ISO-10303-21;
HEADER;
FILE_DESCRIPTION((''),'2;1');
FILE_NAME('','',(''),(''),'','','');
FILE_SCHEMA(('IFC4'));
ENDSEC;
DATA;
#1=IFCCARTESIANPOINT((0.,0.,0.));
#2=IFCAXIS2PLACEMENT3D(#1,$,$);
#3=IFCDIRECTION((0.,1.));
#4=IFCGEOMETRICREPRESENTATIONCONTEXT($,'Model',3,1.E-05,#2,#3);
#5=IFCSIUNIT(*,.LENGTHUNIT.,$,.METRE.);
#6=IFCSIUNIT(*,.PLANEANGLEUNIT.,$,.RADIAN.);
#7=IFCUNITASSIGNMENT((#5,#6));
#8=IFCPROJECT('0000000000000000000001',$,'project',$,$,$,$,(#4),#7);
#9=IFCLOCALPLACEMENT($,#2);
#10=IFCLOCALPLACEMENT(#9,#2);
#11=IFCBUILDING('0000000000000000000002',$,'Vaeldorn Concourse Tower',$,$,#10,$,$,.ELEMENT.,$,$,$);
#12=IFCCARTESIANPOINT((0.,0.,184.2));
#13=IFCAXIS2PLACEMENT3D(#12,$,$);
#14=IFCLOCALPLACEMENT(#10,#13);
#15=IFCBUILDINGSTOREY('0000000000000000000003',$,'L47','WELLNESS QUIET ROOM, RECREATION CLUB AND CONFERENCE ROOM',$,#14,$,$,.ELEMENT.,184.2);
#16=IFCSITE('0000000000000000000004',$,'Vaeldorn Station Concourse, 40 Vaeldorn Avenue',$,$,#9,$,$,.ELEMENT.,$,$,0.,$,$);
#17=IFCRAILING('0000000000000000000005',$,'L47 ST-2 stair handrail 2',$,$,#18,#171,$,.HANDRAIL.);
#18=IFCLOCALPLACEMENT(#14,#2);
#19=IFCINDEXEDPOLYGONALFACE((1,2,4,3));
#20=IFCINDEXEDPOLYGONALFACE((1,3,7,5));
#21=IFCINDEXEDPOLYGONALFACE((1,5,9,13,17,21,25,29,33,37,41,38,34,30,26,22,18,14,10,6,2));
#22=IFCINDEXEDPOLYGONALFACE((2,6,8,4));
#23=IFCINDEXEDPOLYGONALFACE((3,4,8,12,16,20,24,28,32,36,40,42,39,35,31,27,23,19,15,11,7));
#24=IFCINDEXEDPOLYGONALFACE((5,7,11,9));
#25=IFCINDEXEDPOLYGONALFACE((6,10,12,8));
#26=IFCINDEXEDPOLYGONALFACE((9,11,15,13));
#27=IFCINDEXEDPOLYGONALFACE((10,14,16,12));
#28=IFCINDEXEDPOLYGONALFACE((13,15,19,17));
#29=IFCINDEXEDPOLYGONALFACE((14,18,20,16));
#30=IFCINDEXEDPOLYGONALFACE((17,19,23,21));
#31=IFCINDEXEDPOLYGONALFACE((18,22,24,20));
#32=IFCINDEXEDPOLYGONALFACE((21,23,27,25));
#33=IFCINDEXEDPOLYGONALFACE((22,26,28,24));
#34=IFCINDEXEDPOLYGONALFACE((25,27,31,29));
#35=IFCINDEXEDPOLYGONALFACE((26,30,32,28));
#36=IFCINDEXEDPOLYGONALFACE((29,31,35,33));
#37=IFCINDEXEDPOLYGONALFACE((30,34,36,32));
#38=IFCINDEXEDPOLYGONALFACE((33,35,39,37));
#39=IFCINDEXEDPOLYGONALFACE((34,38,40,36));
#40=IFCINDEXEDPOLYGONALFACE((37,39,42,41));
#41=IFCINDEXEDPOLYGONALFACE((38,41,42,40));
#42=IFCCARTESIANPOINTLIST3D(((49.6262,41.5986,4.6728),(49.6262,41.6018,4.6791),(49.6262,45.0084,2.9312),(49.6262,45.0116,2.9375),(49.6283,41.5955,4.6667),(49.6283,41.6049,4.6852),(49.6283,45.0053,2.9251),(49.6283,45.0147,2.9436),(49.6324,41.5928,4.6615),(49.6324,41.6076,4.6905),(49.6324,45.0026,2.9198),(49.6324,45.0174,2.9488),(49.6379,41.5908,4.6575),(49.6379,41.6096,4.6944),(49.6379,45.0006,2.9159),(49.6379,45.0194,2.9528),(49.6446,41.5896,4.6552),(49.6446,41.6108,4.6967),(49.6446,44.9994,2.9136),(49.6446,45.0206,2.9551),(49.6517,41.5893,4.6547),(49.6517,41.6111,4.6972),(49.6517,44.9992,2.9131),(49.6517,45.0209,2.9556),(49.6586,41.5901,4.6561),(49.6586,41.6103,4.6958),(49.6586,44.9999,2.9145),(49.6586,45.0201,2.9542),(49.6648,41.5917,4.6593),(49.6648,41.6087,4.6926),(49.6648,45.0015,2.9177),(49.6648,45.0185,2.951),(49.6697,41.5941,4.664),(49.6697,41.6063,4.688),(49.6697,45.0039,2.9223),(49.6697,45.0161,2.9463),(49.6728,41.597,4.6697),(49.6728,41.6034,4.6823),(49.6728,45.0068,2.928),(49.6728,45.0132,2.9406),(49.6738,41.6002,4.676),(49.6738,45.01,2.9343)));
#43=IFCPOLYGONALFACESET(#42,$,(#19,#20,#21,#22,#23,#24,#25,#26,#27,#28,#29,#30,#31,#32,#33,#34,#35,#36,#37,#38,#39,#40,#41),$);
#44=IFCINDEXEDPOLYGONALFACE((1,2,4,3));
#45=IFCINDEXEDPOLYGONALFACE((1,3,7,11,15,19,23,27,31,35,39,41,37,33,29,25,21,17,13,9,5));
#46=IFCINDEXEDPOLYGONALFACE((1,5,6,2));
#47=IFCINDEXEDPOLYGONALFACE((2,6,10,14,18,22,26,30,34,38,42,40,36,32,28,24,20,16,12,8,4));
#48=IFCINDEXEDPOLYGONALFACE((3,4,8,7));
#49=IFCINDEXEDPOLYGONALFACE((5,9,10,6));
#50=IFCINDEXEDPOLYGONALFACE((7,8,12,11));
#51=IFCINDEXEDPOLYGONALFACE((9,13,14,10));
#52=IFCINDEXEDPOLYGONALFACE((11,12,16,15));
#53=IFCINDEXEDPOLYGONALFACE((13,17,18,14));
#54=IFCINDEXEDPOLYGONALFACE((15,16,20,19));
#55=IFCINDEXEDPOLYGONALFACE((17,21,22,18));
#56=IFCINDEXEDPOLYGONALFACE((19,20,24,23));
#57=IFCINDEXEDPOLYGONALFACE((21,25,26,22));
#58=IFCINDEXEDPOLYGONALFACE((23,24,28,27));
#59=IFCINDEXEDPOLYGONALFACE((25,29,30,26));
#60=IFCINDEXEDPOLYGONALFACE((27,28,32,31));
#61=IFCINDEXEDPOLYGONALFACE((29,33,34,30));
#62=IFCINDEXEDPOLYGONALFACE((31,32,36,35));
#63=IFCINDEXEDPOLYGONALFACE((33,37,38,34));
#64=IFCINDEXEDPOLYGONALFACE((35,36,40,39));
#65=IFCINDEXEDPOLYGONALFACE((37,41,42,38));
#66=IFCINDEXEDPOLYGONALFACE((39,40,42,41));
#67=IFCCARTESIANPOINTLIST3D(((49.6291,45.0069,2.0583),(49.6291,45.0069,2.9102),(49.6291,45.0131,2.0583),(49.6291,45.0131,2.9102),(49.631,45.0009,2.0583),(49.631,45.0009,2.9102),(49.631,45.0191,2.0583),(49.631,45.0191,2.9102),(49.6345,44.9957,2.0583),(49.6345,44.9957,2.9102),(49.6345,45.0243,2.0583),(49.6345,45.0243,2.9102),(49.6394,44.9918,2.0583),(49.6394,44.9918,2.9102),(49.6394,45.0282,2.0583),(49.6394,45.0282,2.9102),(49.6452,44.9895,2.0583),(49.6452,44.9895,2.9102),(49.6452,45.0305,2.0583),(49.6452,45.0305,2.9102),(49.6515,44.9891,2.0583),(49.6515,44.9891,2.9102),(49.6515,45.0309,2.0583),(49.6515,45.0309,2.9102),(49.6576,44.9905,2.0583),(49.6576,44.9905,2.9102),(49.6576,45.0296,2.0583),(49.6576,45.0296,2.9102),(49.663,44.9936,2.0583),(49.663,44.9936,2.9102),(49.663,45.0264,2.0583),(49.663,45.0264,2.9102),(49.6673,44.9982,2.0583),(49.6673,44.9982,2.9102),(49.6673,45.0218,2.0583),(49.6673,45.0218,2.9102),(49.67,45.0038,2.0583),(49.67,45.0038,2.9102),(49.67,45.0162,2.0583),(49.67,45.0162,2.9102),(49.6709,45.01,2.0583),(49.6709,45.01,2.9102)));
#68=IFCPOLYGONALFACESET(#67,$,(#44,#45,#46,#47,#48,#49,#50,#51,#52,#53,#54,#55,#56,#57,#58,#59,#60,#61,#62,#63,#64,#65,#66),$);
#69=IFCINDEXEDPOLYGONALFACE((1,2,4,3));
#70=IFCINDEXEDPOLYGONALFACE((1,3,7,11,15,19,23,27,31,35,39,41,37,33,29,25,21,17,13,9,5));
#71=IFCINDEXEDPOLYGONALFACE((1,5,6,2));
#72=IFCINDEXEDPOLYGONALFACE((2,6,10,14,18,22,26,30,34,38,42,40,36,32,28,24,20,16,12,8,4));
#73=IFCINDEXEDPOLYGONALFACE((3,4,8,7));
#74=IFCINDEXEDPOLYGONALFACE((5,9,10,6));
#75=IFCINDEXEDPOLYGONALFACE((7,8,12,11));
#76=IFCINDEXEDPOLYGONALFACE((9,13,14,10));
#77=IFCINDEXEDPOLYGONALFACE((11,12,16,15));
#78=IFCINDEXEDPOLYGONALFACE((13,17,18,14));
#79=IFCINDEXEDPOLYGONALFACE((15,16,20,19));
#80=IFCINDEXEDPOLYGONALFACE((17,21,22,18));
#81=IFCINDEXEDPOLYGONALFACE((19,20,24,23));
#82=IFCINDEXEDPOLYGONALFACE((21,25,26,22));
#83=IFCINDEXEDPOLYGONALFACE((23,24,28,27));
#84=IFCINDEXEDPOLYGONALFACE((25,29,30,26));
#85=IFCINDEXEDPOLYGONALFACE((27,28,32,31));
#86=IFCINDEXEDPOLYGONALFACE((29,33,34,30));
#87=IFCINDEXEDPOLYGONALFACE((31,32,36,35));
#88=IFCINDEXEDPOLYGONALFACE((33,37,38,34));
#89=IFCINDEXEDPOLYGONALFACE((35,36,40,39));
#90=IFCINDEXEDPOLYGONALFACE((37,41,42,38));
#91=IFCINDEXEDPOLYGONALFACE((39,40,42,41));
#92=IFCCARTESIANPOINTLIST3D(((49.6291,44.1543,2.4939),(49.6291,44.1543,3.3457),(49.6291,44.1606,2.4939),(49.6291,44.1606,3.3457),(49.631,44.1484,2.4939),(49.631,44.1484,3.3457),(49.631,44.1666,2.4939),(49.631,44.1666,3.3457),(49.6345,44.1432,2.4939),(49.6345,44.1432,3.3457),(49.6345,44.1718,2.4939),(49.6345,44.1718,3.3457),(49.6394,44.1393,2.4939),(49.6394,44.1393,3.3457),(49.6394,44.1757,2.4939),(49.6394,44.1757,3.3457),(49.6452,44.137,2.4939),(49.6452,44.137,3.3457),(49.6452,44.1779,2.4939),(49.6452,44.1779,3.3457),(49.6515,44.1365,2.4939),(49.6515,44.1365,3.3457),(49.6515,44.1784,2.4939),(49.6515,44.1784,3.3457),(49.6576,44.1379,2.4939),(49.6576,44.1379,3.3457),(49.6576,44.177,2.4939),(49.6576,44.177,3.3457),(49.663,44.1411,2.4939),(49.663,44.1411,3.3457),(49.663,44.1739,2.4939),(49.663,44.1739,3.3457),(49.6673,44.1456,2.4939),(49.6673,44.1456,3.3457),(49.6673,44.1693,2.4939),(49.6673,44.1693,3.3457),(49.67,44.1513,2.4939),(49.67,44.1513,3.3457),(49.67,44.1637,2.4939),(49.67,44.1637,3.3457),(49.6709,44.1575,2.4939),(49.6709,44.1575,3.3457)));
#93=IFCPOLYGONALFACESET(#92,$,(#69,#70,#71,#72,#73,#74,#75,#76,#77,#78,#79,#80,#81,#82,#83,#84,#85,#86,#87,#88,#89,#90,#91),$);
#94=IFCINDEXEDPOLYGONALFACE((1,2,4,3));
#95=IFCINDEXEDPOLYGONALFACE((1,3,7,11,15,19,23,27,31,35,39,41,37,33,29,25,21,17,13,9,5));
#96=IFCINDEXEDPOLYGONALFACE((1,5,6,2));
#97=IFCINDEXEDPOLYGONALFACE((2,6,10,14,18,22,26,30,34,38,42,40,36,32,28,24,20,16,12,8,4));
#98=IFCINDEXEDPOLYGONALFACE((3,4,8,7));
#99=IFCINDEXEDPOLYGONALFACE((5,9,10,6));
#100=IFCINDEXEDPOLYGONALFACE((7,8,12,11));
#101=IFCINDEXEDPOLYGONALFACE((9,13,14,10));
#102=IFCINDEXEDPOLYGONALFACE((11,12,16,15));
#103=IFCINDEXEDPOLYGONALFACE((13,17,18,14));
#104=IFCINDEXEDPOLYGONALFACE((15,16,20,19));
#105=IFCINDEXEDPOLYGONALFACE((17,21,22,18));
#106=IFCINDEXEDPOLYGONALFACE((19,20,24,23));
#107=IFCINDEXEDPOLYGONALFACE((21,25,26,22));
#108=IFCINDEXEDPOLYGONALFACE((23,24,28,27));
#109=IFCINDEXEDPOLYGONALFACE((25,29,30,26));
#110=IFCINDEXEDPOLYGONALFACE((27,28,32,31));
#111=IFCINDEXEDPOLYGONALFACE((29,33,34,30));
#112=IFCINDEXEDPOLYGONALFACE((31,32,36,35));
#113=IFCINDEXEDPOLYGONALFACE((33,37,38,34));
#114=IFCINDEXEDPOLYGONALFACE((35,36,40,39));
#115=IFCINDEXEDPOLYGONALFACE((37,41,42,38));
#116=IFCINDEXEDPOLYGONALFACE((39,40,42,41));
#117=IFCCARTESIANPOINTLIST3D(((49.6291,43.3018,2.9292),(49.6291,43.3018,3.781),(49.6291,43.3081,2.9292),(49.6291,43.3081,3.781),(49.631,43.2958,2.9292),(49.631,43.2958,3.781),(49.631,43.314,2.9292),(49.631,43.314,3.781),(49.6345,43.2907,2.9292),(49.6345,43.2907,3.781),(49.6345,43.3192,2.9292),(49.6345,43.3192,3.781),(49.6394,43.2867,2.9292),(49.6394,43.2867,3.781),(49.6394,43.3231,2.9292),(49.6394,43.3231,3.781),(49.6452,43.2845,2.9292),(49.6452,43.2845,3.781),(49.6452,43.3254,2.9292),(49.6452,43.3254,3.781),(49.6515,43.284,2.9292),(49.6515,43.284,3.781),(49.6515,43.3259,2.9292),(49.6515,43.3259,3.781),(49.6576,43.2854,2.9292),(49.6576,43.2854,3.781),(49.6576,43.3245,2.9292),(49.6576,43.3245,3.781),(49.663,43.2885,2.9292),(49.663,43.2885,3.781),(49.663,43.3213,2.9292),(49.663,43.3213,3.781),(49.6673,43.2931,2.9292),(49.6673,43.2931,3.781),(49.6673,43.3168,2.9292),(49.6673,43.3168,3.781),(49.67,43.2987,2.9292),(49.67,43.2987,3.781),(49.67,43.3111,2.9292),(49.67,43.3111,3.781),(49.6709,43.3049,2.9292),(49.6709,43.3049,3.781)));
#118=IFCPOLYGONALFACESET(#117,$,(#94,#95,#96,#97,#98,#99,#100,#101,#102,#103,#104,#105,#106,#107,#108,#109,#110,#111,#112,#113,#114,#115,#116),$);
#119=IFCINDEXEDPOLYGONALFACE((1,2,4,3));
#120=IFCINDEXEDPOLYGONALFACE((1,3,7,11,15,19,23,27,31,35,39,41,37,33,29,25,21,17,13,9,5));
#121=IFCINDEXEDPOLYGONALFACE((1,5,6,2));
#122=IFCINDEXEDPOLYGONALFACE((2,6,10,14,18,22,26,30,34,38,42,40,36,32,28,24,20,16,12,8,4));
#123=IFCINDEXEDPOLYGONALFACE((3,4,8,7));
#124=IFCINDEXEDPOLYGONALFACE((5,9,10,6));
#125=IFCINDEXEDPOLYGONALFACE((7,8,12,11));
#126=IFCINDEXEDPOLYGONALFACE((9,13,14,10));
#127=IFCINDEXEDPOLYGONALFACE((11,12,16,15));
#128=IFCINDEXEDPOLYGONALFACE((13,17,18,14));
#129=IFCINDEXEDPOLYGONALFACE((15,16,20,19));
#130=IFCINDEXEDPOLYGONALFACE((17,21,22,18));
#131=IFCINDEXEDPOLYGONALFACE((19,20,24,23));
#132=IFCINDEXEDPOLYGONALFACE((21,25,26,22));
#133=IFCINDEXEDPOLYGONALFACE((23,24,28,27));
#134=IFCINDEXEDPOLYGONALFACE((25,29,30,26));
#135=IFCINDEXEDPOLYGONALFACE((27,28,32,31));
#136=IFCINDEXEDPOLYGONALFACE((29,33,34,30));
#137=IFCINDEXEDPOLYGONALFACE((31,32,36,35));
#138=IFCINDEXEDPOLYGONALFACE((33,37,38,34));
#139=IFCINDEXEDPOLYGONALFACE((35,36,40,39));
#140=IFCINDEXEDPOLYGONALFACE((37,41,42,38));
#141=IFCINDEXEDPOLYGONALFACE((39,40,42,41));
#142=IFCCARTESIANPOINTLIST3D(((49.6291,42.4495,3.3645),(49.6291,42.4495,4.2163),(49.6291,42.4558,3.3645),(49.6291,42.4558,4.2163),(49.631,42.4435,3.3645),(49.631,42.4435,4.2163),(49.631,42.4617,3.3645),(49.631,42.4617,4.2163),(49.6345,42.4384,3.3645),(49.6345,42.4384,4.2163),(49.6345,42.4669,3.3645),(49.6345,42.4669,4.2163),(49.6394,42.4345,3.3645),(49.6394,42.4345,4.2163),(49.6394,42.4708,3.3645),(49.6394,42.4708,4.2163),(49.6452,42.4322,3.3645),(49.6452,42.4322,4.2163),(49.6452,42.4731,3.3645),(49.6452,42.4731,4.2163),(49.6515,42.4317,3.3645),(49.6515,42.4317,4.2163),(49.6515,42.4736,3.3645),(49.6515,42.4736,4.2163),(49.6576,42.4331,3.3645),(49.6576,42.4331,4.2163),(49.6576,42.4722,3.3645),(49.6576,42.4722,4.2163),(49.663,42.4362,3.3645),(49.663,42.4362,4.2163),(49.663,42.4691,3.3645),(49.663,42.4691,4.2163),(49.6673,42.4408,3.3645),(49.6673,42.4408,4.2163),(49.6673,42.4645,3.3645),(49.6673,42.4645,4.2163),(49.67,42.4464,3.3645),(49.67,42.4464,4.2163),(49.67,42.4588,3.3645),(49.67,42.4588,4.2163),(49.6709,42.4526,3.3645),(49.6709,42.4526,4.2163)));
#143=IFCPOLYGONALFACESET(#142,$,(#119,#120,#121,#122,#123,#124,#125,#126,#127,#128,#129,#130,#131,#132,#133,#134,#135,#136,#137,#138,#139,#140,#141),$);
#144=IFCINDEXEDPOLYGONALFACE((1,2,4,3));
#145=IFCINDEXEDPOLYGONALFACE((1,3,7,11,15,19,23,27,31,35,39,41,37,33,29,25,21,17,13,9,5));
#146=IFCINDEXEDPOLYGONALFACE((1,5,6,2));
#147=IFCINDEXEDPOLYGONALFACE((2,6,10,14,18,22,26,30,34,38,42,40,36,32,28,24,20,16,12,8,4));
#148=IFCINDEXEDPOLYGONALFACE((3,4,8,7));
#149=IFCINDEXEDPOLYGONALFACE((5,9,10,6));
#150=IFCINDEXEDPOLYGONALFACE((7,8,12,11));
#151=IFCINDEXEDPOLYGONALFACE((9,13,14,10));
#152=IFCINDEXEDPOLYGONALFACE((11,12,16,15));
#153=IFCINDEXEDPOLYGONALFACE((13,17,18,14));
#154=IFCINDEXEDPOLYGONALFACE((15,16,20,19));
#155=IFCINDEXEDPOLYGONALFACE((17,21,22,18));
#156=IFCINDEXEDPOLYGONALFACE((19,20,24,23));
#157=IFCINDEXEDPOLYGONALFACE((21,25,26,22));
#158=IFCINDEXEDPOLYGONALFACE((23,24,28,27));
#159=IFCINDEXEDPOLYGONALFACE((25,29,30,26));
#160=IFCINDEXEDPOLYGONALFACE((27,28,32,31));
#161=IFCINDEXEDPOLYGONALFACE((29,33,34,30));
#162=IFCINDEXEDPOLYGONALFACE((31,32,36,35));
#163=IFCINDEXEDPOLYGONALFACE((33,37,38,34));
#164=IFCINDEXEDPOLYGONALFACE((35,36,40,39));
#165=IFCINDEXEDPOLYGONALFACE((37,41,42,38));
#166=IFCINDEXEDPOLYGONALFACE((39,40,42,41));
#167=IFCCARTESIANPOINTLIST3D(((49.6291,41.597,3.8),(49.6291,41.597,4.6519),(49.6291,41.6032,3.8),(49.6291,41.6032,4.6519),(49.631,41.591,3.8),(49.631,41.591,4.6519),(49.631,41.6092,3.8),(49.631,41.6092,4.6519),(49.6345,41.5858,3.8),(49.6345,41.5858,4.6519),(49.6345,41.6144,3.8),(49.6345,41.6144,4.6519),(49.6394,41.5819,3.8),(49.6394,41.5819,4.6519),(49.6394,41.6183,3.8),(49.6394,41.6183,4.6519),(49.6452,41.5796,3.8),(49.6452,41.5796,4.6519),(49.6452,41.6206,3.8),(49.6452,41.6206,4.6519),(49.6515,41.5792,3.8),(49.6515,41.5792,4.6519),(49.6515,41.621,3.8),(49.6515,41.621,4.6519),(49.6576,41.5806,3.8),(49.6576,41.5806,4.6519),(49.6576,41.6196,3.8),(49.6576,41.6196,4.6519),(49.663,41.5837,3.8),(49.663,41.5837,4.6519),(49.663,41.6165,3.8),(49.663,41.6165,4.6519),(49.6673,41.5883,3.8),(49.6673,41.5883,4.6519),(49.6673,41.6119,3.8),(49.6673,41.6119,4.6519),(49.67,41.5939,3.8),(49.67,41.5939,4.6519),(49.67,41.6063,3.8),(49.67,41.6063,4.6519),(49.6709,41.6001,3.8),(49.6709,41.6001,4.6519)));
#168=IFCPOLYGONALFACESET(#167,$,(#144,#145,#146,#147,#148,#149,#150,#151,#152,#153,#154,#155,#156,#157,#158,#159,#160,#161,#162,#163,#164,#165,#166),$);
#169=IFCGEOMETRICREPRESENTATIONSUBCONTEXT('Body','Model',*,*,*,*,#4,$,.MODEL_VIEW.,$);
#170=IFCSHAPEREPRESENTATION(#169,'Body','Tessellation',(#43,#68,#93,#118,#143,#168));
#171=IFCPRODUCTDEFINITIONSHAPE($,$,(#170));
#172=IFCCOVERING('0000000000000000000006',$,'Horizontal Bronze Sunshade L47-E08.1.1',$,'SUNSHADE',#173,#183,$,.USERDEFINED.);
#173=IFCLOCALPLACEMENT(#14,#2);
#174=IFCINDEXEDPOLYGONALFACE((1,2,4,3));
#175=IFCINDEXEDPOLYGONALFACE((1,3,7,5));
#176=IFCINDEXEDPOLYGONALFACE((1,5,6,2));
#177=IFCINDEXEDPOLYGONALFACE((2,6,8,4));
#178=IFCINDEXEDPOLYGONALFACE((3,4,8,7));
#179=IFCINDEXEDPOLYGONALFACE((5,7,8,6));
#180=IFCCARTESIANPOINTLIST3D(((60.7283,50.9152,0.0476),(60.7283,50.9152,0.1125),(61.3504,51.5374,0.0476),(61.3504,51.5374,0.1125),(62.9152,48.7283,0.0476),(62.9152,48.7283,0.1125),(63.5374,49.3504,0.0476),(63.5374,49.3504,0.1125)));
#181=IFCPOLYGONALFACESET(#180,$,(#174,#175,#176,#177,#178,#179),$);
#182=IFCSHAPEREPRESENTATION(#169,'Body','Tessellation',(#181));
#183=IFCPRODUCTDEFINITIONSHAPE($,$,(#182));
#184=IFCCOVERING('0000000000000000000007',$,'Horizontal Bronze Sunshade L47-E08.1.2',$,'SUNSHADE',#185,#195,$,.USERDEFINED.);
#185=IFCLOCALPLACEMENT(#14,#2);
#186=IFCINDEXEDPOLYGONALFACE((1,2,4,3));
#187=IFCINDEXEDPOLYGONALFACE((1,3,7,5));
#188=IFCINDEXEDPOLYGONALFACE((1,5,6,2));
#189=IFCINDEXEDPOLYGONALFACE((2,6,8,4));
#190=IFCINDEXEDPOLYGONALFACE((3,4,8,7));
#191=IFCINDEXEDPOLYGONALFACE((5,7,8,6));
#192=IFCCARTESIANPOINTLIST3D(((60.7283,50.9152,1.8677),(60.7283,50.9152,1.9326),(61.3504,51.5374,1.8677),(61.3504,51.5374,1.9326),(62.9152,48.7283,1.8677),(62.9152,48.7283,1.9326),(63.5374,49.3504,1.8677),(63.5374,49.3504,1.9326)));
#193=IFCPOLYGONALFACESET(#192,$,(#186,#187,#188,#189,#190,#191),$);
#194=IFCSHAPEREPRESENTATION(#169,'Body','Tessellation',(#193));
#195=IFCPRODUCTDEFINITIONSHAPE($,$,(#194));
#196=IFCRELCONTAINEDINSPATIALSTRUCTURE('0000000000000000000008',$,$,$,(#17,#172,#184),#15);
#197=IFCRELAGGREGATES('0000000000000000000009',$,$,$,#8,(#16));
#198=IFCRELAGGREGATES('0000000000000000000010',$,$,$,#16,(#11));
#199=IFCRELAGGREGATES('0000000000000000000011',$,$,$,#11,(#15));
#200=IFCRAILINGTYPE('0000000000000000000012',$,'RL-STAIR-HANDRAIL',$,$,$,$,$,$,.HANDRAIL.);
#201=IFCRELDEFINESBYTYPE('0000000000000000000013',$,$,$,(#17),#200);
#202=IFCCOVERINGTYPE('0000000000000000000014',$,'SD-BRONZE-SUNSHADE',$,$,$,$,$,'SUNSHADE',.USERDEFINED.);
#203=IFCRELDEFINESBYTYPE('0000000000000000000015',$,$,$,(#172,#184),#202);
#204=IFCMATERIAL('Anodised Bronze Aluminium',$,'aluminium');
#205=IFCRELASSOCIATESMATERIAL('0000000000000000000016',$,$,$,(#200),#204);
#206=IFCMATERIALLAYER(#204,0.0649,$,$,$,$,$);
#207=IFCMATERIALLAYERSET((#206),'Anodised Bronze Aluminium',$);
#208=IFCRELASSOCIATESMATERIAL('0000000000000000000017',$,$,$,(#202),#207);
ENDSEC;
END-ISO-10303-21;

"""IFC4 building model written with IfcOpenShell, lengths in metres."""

from ifc_helpers import new_model, si_unit, direction, frame, origin, origin_2d, place, context, subcontext, project, spatial, rectangle, circle, extrude, source, transform, mapped, material, layer, layer_set, type_object, element, save


model = new_model("IFC4")

# Units and contexts
model_context = context("Model", 3, precision=1e-05, world=origin(), true_north=direction((0.0, 1.0)))
body_context = subcontext(model_context, "Body", "Model", "MODEL_VIEW")
ifc_project = project(units=[si_unit("LENGTHUNIT", "METRE"), si_unit("PLANEANGLEUNIT", "RADIAN")], contexts=[model_context])

# Site, building, storey
site_placement = place(None, origin())
site = spatial("IfcSite", under=ifc_project, at=site_placement, Name="Vaeldorn Station Concourse, 40 Vaeldorn Avenue", CompositionType="ELEMENT", RefElevation=0.0)
building_placement = place(site_placement, origin())
building = spatial("IfcBuilding", under=site, at=building_placement, Name="Vaeldorn Concourse Tower", CompositionType="ELEMENT")
storey_placement = place(building_placement, frame((0.0, 0.0, 184.2)))
storey = spatial("IfcBuildingStorey", under=building, at=storey_placement, Name="L47", Description="WELLNESS QUIET ROOM, RECREATION CLUB AND CONFERENCE ROOM", CompositionType="ELEMENT", Elevation=184.2)

# Shared definitions
ifc_material_1 = material(Name="Anodised Bronze Aluminium", Category="aluminium")

# Railing
railing_type_1 = type_object("IfcRailingType", Name="RL-STAIR-HANDRAIL", PredefinedType="HANDRAIL", material=ifc_material_1)
railing_1_placement = place(storey_placement, frame((49.6499, 45.01, 2.0583)))
element("IfcRailing", 1, at=railing_1_placement, inside=storey, type_object=railing_type_1, Name="L47 ST-2 stair handrail 2", PredefinedType="HANDRAIL", context=body_context, shape_type="SweptSolid", body=[
    extrude(circle(Radius=0.0239, at=origin_2d()), frame((0.0, 0.0, 0.876), z_axis=(0.0, -0.890556, 0.454874), x_axis=(1.0, 0.0, 0.0)), (0.0, 0.0, 1.0), 3.8289),
    extrude(circle(Radius=0.021, at=origin_2d()), origin(), (0.0, 0.0, 1.0), 0.8518),
    extrude(circle(Radius=0.021, at=origin_2d()), frame((0.0, -0.8525, 0.4355)), (0.0, 0.0, 1.0), 0.8518),
    extrude(circle(Radius=0.021, at=origin_2d()), frame((0.0, -1.7051, 0.8708)), (0.0, 0.0, 1.0), 0.8518),
    extrude(circle(Radius=0.021, at=origin_2d()), frame((0.0, -2.5574, 1.3062)), (0.0, 0.0, 1.0), 0.8518),
    extrude(circle(Radius=0.021, at=origin_2d()), frame((0.0, -3.4099, 1.7417)), (0.0, 0.0, 1.0), 0.8518),
])

# Coverings
ifc_layer_1 = layer(ifc_material_1, 0.0649)
ifc_layer_set_1 = layer_set([ifc_layer_1], Name="Anodised Bronze Aluminium")
covering_type = type_object("IfcCoveringType", Name="SD-BRONZE-SUNSHADE", ElementType="SUNSHADE", PredefinedType="USERDEFINED", material=ifc_layer_set_1)
shared_shape_1 = source(origin(), body_context, "Body", "SweptSolid", [
    extrude(rectangle(XDim=3.0928, YDim=0.8799, at=origin_2d()), origin(), (0.0, 0.0, 1.0), 0.0649),
])
for number, where, z_axis, x_axis, name in (
    (2, (62.1328, 50.1328, 0.0476), (0.0, 0.0, 1.0), (-0.707107, 0.707107, 0.0), "Horizontal Bronze Sunshade L47-E08.1.1"),
    (3, (62.1328, 50.1328, 1.8677), (0.0, 0.0, 1.0), (-0.707107, 0.707107, 0.0), "Horizontal Bronze Sunshade L47-E08.1.2"),
):
    element("IfcCovering", number, at=place(storey_placement, frame(where, z_axis=z_axis, x_axis=x_axis)), inside=storey, type_object=covering_type, Name=name, ObjectType="SUNSHADE", PredefinedType="USERDEFINED", context=body_context, shape_type="MappedRepresentation", body=[
        mapped(shared_shape_1, transform((0.0, 0.0, 0.0), scale=1.0)),
    ])

save(model, "model.ifc")
